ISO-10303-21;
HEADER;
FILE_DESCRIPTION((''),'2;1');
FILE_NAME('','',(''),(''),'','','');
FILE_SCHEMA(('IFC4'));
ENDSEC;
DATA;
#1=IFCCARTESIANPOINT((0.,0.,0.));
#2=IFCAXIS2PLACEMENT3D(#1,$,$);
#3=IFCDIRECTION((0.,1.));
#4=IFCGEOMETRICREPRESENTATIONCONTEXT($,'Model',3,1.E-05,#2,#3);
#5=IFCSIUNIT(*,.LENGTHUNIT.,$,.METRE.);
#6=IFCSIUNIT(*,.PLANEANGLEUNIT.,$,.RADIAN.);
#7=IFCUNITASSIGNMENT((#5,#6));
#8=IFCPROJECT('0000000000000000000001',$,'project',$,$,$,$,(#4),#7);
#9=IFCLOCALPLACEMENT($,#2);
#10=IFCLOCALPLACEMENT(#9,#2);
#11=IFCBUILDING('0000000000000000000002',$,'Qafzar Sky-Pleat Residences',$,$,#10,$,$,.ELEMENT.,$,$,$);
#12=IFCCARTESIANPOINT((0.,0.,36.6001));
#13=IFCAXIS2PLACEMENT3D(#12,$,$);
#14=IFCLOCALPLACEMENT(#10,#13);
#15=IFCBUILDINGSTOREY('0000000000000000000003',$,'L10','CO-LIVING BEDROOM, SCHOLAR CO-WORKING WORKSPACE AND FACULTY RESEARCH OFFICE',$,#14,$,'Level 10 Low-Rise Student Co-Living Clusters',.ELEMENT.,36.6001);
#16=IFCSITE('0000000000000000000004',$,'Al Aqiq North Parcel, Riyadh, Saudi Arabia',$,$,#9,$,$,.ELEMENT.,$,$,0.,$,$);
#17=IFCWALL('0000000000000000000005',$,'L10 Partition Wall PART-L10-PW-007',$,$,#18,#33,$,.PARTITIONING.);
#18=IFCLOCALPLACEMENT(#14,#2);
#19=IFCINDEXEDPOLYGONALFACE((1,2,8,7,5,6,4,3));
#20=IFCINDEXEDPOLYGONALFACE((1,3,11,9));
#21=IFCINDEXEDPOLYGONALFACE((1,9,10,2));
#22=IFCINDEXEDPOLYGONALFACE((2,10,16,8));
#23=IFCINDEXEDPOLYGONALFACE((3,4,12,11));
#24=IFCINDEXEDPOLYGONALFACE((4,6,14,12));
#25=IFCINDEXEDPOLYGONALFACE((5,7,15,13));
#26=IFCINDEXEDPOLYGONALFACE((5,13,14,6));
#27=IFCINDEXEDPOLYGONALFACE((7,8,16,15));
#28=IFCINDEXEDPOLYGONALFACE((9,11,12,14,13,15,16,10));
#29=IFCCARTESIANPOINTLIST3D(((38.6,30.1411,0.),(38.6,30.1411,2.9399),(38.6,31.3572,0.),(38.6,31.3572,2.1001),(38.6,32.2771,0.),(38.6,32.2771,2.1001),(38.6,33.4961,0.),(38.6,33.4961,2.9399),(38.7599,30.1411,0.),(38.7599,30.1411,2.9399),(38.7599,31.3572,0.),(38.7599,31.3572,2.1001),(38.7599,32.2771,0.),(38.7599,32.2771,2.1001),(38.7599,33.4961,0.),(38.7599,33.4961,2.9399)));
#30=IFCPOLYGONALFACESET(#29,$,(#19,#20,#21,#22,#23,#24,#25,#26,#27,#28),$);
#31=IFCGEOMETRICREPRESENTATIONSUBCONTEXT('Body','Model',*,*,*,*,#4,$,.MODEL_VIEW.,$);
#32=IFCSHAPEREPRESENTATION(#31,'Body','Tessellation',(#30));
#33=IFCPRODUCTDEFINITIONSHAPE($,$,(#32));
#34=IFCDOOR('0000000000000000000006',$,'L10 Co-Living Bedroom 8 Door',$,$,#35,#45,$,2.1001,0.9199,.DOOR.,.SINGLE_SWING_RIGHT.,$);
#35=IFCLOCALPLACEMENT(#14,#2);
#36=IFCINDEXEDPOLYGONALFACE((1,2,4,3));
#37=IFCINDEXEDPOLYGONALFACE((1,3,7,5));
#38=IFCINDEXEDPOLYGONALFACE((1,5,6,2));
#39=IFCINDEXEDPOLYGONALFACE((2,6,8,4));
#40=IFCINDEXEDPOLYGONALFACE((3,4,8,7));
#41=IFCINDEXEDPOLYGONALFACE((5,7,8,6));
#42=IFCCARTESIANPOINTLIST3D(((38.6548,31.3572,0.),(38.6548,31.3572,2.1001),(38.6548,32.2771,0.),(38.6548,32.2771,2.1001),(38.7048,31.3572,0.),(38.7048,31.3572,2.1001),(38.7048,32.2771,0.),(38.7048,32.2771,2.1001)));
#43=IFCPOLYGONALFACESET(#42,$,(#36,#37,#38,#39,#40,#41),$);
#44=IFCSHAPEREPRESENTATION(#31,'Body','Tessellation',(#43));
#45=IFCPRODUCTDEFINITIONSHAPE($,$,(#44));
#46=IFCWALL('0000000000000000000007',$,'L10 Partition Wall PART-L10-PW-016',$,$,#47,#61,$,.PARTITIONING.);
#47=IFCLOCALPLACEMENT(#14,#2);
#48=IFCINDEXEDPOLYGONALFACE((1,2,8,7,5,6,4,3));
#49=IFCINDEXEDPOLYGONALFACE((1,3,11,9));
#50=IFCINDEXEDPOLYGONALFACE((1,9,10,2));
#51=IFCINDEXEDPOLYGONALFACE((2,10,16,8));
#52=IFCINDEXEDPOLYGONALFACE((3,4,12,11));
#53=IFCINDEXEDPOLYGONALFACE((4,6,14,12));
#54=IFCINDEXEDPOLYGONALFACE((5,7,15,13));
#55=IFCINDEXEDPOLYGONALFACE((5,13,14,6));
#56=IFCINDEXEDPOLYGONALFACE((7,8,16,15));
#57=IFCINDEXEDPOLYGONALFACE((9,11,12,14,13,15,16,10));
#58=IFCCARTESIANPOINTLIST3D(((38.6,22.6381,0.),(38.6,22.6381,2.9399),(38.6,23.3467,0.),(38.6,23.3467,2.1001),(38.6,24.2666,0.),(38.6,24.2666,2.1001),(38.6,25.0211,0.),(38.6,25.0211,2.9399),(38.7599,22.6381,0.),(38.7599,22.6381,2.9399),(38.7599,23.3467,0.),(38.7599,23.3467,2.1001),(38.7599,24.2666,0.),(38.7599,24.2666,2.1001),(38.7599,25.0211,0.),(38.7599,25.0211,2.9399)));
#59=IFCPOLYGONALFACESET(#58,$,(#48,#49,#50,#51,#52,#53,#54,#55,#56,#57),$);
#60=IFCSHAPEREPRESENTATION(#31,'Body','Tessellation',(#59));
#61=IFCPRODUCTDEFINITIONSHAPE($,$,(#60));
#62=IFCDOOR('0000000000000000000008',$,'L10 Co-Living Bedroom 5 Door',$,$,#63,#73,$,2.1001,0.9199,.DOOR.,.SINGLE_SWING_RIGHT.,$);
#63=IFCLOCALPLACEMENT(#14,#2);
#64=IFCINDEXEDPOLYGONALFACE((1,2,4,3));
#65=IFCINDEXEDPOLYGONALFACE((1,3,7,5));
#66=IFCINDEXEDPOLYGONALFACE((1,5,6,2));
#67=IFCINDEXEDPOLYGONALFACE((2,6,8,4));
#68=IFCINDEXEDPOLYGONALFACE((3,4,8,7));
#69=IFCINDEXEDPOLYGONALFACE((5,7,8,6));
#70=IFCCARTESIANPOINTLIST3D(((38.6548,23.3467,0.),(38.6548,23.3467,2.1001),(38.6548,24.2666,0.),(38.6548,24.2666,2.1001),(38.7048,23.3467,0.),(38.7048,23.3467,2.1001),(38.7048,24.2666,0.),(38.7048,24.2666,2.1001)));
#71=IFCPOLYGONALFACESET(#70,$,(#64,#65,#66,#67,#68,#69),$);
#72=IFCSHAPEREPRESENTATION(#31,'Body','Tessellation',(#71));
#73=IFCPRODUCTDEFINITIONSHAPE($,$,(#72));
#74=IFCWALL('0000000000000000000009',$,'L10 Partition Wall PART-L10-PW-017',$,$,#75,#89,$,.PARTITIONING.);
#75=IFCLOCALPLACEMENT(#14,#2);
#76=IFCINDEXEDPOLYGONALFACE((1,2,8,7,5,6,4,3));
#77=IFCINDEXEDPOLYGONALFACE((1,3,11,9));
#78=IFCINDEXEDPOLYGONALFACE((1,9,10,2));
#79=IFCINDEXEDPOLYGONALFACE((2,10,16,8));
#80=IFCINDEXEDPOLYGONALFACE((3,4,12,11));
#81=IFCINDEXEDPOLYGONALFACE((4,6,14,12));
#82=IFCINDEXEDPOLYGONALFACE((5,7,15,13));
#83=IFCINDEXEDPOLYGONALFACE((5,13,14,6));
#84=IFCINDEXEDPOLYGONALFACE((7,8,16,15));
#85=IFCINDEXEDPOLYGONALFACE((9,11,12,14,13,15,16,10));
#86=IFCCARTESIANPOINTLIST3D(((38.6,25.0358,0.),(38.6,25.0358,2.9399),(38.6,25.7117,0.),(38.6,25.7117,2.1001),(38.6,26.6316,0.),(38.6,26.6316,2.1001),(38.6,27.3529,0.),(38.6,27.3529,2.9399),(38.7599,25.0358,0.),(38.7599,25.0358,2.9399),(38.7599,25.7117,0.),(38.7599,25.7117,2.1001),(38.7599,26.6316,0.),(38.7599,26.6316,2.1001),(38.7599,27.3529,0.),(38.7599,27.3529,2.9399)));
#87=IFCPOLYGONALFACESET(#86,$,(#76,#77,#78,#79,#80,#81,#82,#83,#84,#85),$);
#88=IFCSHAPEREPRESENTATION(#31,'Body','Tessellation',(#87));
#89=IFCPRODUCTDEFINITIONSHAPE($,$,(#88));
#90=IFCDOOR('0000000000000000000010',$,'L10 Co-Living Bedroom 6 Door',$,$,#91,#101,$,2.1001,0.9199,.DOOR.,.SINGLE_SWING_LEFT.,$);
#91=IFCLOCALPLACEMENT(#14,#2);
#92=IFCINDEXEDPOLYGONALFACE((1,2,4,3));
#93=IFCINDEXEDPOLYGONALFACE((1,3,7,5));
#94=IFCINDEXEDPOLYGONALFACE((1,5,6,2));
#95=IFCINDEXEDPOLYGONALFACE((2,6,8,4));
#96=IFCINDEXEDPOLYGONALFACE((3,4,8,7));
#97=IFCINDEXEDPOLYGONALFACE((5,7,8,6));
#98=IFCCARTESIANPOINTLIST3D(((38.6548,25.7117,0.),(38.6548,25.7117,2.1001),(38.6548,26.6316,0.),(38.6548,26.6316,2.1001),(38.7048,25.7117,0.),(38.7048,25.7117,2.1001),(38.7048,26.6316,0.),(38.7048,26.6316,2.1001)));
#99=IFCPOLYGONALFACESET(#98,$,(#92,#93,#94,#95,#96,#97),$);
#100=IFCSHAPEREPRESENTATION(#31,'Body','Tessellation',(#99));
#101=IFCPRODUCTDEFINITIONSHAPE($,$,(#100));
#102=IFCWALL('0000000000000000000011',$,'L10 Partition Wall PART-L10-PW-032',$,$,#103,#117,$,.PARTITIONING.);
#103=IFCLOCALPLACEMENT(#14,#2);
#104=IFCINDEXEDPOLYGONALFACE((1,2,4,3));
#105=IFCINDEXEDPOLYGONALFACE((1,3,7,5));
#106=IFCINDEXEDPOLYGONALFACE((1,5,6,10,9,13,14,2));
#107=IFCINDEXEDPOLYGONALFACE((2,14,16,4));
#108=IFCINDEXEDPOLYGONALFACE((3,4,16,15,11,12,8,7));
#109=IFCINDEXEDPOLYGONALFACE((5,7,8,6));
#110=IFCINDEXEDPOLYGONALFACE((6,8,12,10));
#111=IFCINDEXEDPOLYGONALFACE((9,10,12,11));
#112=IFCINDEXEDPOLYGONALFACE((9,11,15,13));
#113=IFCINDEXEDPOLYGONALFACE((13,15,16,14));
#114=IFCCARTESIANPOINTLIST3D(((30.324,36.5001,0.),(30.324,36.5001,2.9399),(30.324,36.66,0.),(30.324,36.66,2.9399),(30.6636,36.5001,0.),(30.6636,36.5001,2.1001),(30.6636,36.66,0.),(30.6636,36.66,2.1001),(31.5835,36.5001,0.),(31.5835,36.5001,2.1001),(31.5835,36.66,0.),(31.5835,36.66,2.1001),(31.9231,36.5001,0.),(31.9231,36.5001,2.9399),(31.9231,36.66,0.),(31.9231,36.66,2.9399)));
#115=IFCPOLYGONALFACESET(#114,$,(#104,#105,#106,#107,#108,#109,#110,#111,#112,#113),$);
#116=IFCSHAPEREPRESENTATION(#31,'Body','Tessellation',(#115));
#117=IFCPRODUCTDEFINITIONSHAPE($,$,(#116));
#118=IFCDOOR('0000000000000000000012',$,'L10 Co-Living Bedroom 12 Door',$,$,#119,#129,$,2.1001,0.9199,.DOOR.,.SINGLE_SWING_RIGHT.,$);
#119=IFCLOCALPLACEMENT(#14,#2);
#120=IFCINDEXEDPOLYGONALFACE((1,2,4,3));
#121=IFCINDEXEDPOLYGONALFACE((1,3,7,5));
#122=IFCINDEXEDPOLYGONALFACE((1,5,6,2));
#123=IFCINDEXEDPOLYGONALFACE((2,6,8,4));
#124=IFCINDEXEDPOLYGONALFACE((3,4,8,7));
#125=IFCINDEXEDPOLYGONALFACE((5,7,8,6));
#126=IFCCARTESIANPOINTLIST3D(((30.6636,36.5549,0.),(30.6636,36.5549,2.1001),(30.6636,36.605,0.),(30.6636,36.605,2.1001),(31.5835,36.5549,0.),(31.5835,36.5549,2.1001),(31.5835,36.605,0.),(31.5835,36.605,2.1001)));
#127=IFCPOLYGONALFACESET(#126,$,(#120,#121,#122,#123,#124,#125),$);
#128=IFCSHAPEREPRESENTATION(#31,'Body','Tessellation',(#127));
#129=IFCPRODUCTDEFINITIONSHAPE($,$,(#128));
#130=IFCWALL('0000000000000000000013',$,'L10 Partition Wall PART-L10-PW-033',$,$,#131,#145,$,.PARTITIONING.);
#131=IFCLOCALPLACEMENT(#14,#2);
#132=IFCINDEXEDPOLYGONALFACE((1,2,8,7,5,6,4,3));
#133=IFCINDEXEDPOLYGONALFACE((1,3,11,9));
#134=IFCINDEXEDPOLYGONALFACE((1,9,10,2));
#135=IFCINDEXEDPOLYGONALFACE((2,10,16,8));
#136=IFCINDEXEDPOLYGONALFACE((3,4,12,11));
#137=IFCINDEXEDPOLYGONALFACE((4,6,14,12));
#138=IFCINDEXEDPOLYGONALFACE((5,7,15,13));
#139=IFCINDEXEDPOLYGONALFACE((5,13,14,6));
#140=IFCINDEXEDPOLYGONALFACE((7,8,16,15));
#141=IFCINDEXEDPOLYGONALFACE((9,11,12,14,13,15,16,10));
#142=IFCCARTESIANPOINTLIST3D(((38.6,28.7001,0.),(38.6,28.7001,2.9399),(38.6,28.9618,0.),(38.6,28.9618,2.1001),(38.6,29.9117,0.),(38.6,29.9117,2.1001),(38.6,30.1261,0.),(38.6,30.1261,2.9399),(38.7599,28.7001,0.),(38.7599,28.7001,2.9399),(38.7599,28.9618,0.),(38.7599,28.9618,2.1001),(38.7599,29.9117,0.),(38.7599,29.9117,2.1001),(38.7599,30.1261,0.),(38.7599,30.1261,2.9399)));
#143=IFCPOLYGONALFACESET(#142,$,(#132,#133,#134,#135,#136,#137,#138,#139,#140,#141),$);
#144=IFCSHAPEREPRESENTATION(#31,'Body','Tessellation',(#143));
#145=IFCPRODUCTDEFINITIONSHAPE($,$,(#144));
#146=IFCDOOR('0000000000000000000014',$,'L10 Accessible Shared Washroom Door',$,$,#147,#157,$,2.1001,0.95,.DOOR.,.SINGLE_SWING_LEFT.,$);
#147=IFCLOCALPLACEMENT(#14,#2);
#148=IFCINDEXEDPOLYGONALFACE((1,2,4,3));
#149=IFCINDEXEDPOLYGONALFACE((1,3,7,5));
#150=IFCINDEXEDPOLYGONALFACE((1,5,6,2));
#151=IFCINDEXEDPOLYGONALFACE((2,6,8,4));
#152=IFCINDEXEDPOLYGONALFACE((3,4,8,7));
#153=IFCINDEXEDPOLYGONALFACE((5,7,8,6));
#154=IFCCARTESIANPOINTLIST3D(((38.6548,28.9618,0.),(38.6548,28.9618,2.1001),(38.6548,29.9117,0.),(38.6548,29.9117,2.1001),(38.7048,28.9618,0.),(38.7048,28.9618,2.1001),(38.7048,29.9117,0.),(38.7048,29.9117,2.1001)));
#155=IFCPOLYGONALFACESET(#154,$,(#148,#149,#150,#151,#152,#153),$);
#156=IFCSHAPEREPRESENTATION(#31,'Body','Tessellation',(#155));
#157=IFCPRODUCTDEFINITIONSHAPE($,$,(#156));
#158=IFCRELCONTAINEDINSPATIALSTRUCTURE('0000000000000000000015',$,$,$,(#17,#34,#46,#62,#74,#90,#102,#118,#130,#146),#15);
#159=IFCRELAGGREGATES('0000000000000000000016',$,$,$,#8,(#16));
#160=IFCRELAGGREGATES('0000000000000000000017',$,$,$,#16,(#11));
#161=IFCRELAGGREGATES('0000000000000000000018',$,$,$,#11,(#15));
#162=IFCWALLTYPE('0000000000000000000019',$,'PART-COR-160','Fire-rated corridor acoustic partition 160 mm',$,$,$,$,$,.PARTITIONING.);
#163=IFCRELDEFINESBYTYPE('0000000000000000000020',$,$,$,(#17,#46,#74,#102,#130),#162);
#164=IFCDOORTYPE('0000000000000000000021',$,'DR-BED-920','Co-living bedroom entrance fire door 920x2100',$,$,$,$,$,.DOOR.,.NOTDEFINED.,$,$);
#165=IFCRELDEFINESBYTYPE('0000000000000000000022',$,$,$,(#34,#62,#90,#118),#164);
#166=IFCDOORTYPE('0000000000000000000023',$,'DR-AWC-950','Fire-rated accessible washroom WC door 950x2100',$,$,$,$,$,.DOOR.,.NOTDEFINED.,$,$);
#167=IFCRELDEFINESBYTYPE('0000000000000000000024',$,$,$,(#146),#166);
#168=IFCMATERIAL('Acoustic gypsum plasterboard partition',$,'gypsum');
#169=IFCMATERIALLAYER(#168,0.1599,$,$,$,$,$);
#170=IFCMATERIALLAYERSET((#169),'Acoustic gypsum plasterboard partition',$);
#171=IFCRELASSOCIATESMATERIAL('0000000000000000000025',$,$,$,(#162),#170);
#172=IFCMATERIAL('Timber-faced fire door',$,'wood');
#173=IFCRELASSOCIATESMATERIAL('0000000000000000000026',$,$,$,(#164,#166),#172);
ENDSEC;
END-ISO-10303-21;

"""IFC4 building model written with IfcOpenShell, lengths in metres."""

from ifc_helpers import new_model, si_unit, direction, frame, frame_2d, origin, place, context, subcontext, project, spatial, rectangle, extrude, source, transform, mapped, material, layer, layer_set, type_object, element, fill, save


model = new_model("IFC4")

# Units and contexts
model_context = context("Model", 3, precision=1e-05, world=origin(), true_north=direction((0.0, 1.0)))
body_context = subcontext(model_context, "Body", "Model", "MODEL_VIEW")
ifc_project = project(units=[si_unit("LENGTHUNIT", "METRE"), si_unit("PLANEANGLEUNIT", "RADIAN")], contexts=[model_context])

# Site, building, storey
site_placement = place(None, origin())
site = spatial("IfcSite", under=ifc_project, at=site_placement, Name="Al Aqiq North Parcel, Riyadh, Saudi Arabia", CompositionType="ELEMENT", RefElevation=0.0)
building_placement = place(site_placement, origin())
building = spatial("IfcBuilding", under=site, at=building_placement, Name="Qafzar Sky-Pleat Residences", CompositionType="ELEMENT")
storey_placement = place(building_placement, frame((0.0, 0.0, 36.6001)))
storey = spatial("IfcBuildingStorey", under=building, at=storey_placement, Name="L10", Description="CO-LIVING BEDROOM, SCHOLAR CO-WORKING WORKSPACE AND FACULTY RESEARCH OFFICE", LongName="Level 10 Low-Rise Student Co-Living Clusters", CompositionType="ELEMENT", Elevation=36.6001)

# Walls, openings, doors
ifc_material_1 = material(Name="Acoustic gypsum plasterboard partition", Category="gypsum")
ifc_layer_1 = layer(ifc_material_1, 0.1599)
ifc_layer_set_1 = layer_set([ifc_layer_1], Name="Acoustic gypsum plasterboard partition")
wall_type_1 = type_object("IfcWallType", Name="PART-COR-160", Description="Fire-rated corridor acoustic partition 160 mm", PredefinedType="PARTITIONING", material=ifc_layer_set_1)
wall_1_placement = place(storey_placement, frame((38.6799, 33.4961, 0.0), z_axis=(0.0, 0.0, 1.0), x_axis=(0.0, -1.0, 0.0)))
wall_1 = element("IfcWall", 1, at=wall_1_placement, inside=storey, type_object=wall_type_1, Name="L10 Partition Wall PART-L10-PW-007", PredefinedType="PARTITIONING", context=body_context, shape_type="SweptSolid", body=[
    extrude(rectangle(XDim=3.355, YDim=0.1599, at=frame_2d((1.6775, 0.0))), origin(), (0.0, 0.0, 1.0), 2.9399),
])
opening_1_placement = place(wall_1_placement, frame((1.219, 0.0, 0.0)))
opening_1 = element("IfcOpeningElement", 2, at=opening_1_placement, cuts=wall_1, PredefinedType="OPENING", context=body_context, shape_type="SweptSolid", body=[
    extrude(rectangle(XDim=0.9199, YDim=2.1001, at=frame_2d((0.46, 1.05))), frame((0.0, 0.0898, 0.0), z_axis=(0.0, -1.0, 0.0), x_axis=(1.0, 0.0, 0.0)), (0.0, 0.0, 1.0), 0.1799),
])
ifc_material_2 = material(Name="Timber-faced fire door", Category="wood")
door_type_1 = type_object("IfcDoorType", Name="DR-BED-920", Description="Co-living bedroom entrance fire door 920x2100", OperationType="NOTDEFINED", PredefinedType="DOOR", material=ifc_material_2)
shared_shape_1 = source(origin(), body_context, "Body", "SweptSolid", [
    extrude(rectangle(XDim=0.9199, YDim=2.1001, at=frame_2d((0.46, 1.05))), frame((0.0, 0.0249, 0.0), z_axis=(0.0, -1.0, 0.0), x_axis=(1.0, 0.0, 0.0)), (0.0, 0.0, 1.0), 0.05),
])
door_1_placement = place(opening_1_placement, origin())
door_1 = element("IfcDoor", 3, at=door_1_placement, inside=storey, type_object=door_type_1, Name="L10 Co-Living Bedroom 8 Door", OperationType="SINGLE_SWING_RIGHT", OverallHeight=2.1001, OverallWidth=0.9199, PredefinedType="DOOR", context=body_context, shape_type="MappedRepresentation", body=[
    mapped(shared_shape_1, transform((0.0, 0.0, 0.0), x_axis=(1.0, 0.0, 0.0), y_axis=(0.0, 1.0, 0.0), z_axis=(0.0, 0.0, 1.0), scale=1.0)),
])
fill(opening_1, door_1)
wall_2_placement = place(storey_placement, frame((38.6799, 25.021, 0.0), z_axis=(0.0, 0.0, 1.0), x_axis=(0.0, -1.0, 0.0)))
wall_2 = element("IfcWall", 4, at=wall_2_placement, inside=storey, type_object=wall_type_1, Name="L10 Partition Wall PART-L10-PW-016", PredefinedType="PARTITIONING", context=body_context, shape_type="SweptSolid", body=[
    extrude(rectangle(XDim=2.3831, YDim=0.1599, at=frame_2d((1.1914, 0.0))), origin(), (0.0, 0.0, 1.0), 2.9399),
])
opening_2_placement = place(wall_2_placement, frame((0.7544, 0.0, 0.0)))
opening_2 = element("IfcOpeningElement", 5, at=opening_2_placement, cuts=wall_2, PredefinedType="OPENING", context=body_context, shape_type="SweptSolid", body=[
    extrude(rectangle(XDim=0.9199, YDim=2.1001, at=frame_2d((0.46, 1.05))), frame((0.0, 0.0898, 0.0), z_axis=(0.0, -1.0, 0.0), x_axis=(1.0, 0.0, 0.0)), (0.0, 0.0, 1.0), 0.1799),
])
door_2_placement = place(opening_2_placement, origin())
door_2 = element("IfcDoor", 6, at=door_2_placement, inside=storey, type_object=door_type_1, Name="L10 Co-Living Bedroom 5 Door", OperationType="SINGLE_SWING_RIGHT", OverallHeight=2.1001, OverallWidth=0.9199, PredefinedType="DOOR", context=body_context, shape_type="MappedRepresentation", body=[
    mapped(shared_shape_1, transform((0.0, 0.0, 0.0), x_axis=(1.0, 0.0, 0.0), y_axis=(0.0, 1.0, 0.0), z_axis=(0.0, 0.0, 1.0), scale=1.0)),
])
fill(opening_2, door_2)
wall_3_placement = place(storey_placement, frame((38.6799, 27.353, 0.0), z_axis=(0.0, 0.0, 1.0), x_axis=(0.0, -1.0, 0.0)))
wall_3 = element("IfcWall", 7, at=wall_3_placement, inside=storey, type_object=wall_type_1, Name="L10 Partition Wall PART-L10-PW-017", PredefinedType="PARTITIONING", context=body_context, shape_type="SweptSolid", body=[
    extrude(rectangle(XDim=2.3171, YDim=0.1599, at=frame_2d((1.1587, 0.0))), origin(), (0.0, 0.0, 1.0), 2.9399),
])
opening_3_placement = place(wall_3_placement, frame((0.7214, 0.0, 0.0)))
opening_3 = element("IfcOpeningElement", 8, at=opening_3_placement, cuts=wall_3, PredefinedType="OPENING", context=body_context, shape_type="SweptSolid", body=[
    extrude(rectangle(XDim=0.9199, YDim=2.1001, at=frame_2d((0.46, 1.05))), frame((0.0, 0.0898, 0.0), z_axis=(0.0, -1.0, 0.0), x_axis=(1.0, 0.0, 0.0)), (0.0, 0.0, 1.0), 0.1799),
])
door_3_placement = place(opening_3_placement, origin())
door_3 = element("IfcDoor", 9, at=door_3_placement, inside=storey, type_object=door_type_1, Name="L10 Co-Living Bedroom 6 Door", OperationType="SINGLE_SWING_LEFT", OverallHeight=2.1001, OverallWidth=0.9199, PredefinedType="DOOR", context=body_context, shape_type="MappedRepresentation", body=[
    mapped(shared_shape_1, transform((0.0, 0.0, 0.0), x_axis=(1.0, 0.0, 0.0), y_axis=(0.0, 1.0, 0.0), z_axis=(0.0, 0.0, 1.0), scale=1.0)),
])
fill(opening_3, door_3)
wall_4_placement = place(storey_placement, frame((30.324, 36.5801, 0.0), z_axis=(0.0, 0.0, 1.0), x_axis=(1.0, 0.0, 0.0)))
wall_4 = element("IfcWall", 10, at=wall_4_placement, inside=storey, type_object=wall_type_1, Name="L10 Partition Wall PART-L10-PW-032", PredefinedType="PARTITIONING", context=body_context, shape_type="SweptSolid", body=[
    extrude(rectangle(XDim=1.5991, YDim=0.1599, at=frame_2d((0.7996, 0.0))), origin(), (0.0, 0.0, 1.0), 2.9399),
])
opening_4_placement = place(wall_4_placement, frame((0.3396, 0.0, 0.0)))
opening_4 = element("IfcOpeningElement", 11, at=opening_4_placement, cuts=wall_4, PredefinedType="OPENING", context=body_context, shape_type="SweptSolid", body=[
    extrude(rectangle(XDim=0.9199, YDim=2.1001, at=frame_2d((0.46, 1.05))), frame((0.0, 0.0898, 0.0), z_axis=(0.0, -1.0, 0.0), x_axis=(1.0, 0.0, 0.0)), (0.0, 0.0, 1.0), 0.1799),
])
door_4_placement = place(opening_4_placement, origin())
door_4 = element("IfcDoor", 12, at=door_4_placement, inside=storey, type_object=door_type_1, Name="L10 Co-Living Bedroom 12 Door", OperationType="SINGLE_SWING_RIGHT", OverallHeight=2.1001, OverallWidth=0.9199, PredefinedType="DOOR", context=body_context, shape_type="MappedRepresentation", body=[
    mapped(shared_shape_1, transform((0.0, 0.0, 0.0), x_axis=(1.0, 0.0, 0.0), y_axis=(0.0, 1.0, 0.0), z_axis=(0.0, 0.0, 1.0), scale=1.0)),
])
fill(opening_4, door_4)
wall_5_placement = place(storey_placement, frame((38.6799, 30.126, 0.0), z_axis=(0.0, 0.0, 1.0), x_axis=(0.0, -1.0, 0.0)))
wall_5 = element("IfcWall", 13, at=wall_5_placement, inside=storey, type_object=wall_type_1, Name="L10 Partition Wall PART-L10-PW-033", PredefinedType="PARTITIONING", context=body_context, shape_type="SweptSolid", body=[
    extrude(rectangle(XDim=1.426, YDim=0.1599, at=frame_2d((0.7129, 0.0))), origin(), (0.0, 0.0, 1.0), 2.9399),
])
opening_5_placement = place(wall_5_placement, frame((0.2141, 0.0, 0.0)))
opening_5 = element("IfcOpeningElement", 14, at=opening_5_placement, cuts=wall_5, PredefinedType="OPENING", context=body_context, shape_type="SweptSolid", body=[
    extrude(rectangle(XDim=0.95, YDim=2.1001, at=frame_2d((0.4751, 1.05))), frame((0.0, 0.0898, 0.0), z_axis=(0.0, -1.0, 0.0), x_axis=(1.0, 0.0, 0.0)), (0.0, 0.0, 1.0), 0.1799),
])
door_type_2 = type_object("IfcDoorType", Name="DR-AWC-950", Description="Fire-rated accessible washroom WC door 950x2100", OperationType="NOTDEFINED", PredefinedType="DOOR", material=ifc_material_2)
shared_shape_2 = source(origin(), body_context, "Body", "SweptSolid", [
    extrude(rectangle(XDim=0.95, YDim=2.1001, at=frame_2d((0.4751, 1.05))), frame((0.0, 0.0249, 0.0), z_axis=(0.0, -1.0, 0.0), x_axis=(1.0, 0.0, 0.0)), (0.0, 0.0, 1.0), 0.05),
])
door_5_placement = place(opening_5_placement, origin())
door_5 = element("IfcDoor", 15, at=door_5_placement, inside=storey, type_object=door_type_2, Name="L10 Accessible Shared Washroom Door", OperationType="SINGLE_SWING_LEFT", OverallHeight=2.1001, OverallWidth=0.95, PredefinedType="DOOR", context=body_context, shape_type="MappedRepresentation", body=[
    mapped(shared_shape_2, transform((0.0, 0.0, 0.0), x_axis=(1.0, 0.0, 0.0), y_axis=(0.0, 1.0, 0.0), z_axis=(0.0, 0.0, 1.0), scale=1.0)),
])
fill(opening_5, door_5)

save(model, "model.ifc")
